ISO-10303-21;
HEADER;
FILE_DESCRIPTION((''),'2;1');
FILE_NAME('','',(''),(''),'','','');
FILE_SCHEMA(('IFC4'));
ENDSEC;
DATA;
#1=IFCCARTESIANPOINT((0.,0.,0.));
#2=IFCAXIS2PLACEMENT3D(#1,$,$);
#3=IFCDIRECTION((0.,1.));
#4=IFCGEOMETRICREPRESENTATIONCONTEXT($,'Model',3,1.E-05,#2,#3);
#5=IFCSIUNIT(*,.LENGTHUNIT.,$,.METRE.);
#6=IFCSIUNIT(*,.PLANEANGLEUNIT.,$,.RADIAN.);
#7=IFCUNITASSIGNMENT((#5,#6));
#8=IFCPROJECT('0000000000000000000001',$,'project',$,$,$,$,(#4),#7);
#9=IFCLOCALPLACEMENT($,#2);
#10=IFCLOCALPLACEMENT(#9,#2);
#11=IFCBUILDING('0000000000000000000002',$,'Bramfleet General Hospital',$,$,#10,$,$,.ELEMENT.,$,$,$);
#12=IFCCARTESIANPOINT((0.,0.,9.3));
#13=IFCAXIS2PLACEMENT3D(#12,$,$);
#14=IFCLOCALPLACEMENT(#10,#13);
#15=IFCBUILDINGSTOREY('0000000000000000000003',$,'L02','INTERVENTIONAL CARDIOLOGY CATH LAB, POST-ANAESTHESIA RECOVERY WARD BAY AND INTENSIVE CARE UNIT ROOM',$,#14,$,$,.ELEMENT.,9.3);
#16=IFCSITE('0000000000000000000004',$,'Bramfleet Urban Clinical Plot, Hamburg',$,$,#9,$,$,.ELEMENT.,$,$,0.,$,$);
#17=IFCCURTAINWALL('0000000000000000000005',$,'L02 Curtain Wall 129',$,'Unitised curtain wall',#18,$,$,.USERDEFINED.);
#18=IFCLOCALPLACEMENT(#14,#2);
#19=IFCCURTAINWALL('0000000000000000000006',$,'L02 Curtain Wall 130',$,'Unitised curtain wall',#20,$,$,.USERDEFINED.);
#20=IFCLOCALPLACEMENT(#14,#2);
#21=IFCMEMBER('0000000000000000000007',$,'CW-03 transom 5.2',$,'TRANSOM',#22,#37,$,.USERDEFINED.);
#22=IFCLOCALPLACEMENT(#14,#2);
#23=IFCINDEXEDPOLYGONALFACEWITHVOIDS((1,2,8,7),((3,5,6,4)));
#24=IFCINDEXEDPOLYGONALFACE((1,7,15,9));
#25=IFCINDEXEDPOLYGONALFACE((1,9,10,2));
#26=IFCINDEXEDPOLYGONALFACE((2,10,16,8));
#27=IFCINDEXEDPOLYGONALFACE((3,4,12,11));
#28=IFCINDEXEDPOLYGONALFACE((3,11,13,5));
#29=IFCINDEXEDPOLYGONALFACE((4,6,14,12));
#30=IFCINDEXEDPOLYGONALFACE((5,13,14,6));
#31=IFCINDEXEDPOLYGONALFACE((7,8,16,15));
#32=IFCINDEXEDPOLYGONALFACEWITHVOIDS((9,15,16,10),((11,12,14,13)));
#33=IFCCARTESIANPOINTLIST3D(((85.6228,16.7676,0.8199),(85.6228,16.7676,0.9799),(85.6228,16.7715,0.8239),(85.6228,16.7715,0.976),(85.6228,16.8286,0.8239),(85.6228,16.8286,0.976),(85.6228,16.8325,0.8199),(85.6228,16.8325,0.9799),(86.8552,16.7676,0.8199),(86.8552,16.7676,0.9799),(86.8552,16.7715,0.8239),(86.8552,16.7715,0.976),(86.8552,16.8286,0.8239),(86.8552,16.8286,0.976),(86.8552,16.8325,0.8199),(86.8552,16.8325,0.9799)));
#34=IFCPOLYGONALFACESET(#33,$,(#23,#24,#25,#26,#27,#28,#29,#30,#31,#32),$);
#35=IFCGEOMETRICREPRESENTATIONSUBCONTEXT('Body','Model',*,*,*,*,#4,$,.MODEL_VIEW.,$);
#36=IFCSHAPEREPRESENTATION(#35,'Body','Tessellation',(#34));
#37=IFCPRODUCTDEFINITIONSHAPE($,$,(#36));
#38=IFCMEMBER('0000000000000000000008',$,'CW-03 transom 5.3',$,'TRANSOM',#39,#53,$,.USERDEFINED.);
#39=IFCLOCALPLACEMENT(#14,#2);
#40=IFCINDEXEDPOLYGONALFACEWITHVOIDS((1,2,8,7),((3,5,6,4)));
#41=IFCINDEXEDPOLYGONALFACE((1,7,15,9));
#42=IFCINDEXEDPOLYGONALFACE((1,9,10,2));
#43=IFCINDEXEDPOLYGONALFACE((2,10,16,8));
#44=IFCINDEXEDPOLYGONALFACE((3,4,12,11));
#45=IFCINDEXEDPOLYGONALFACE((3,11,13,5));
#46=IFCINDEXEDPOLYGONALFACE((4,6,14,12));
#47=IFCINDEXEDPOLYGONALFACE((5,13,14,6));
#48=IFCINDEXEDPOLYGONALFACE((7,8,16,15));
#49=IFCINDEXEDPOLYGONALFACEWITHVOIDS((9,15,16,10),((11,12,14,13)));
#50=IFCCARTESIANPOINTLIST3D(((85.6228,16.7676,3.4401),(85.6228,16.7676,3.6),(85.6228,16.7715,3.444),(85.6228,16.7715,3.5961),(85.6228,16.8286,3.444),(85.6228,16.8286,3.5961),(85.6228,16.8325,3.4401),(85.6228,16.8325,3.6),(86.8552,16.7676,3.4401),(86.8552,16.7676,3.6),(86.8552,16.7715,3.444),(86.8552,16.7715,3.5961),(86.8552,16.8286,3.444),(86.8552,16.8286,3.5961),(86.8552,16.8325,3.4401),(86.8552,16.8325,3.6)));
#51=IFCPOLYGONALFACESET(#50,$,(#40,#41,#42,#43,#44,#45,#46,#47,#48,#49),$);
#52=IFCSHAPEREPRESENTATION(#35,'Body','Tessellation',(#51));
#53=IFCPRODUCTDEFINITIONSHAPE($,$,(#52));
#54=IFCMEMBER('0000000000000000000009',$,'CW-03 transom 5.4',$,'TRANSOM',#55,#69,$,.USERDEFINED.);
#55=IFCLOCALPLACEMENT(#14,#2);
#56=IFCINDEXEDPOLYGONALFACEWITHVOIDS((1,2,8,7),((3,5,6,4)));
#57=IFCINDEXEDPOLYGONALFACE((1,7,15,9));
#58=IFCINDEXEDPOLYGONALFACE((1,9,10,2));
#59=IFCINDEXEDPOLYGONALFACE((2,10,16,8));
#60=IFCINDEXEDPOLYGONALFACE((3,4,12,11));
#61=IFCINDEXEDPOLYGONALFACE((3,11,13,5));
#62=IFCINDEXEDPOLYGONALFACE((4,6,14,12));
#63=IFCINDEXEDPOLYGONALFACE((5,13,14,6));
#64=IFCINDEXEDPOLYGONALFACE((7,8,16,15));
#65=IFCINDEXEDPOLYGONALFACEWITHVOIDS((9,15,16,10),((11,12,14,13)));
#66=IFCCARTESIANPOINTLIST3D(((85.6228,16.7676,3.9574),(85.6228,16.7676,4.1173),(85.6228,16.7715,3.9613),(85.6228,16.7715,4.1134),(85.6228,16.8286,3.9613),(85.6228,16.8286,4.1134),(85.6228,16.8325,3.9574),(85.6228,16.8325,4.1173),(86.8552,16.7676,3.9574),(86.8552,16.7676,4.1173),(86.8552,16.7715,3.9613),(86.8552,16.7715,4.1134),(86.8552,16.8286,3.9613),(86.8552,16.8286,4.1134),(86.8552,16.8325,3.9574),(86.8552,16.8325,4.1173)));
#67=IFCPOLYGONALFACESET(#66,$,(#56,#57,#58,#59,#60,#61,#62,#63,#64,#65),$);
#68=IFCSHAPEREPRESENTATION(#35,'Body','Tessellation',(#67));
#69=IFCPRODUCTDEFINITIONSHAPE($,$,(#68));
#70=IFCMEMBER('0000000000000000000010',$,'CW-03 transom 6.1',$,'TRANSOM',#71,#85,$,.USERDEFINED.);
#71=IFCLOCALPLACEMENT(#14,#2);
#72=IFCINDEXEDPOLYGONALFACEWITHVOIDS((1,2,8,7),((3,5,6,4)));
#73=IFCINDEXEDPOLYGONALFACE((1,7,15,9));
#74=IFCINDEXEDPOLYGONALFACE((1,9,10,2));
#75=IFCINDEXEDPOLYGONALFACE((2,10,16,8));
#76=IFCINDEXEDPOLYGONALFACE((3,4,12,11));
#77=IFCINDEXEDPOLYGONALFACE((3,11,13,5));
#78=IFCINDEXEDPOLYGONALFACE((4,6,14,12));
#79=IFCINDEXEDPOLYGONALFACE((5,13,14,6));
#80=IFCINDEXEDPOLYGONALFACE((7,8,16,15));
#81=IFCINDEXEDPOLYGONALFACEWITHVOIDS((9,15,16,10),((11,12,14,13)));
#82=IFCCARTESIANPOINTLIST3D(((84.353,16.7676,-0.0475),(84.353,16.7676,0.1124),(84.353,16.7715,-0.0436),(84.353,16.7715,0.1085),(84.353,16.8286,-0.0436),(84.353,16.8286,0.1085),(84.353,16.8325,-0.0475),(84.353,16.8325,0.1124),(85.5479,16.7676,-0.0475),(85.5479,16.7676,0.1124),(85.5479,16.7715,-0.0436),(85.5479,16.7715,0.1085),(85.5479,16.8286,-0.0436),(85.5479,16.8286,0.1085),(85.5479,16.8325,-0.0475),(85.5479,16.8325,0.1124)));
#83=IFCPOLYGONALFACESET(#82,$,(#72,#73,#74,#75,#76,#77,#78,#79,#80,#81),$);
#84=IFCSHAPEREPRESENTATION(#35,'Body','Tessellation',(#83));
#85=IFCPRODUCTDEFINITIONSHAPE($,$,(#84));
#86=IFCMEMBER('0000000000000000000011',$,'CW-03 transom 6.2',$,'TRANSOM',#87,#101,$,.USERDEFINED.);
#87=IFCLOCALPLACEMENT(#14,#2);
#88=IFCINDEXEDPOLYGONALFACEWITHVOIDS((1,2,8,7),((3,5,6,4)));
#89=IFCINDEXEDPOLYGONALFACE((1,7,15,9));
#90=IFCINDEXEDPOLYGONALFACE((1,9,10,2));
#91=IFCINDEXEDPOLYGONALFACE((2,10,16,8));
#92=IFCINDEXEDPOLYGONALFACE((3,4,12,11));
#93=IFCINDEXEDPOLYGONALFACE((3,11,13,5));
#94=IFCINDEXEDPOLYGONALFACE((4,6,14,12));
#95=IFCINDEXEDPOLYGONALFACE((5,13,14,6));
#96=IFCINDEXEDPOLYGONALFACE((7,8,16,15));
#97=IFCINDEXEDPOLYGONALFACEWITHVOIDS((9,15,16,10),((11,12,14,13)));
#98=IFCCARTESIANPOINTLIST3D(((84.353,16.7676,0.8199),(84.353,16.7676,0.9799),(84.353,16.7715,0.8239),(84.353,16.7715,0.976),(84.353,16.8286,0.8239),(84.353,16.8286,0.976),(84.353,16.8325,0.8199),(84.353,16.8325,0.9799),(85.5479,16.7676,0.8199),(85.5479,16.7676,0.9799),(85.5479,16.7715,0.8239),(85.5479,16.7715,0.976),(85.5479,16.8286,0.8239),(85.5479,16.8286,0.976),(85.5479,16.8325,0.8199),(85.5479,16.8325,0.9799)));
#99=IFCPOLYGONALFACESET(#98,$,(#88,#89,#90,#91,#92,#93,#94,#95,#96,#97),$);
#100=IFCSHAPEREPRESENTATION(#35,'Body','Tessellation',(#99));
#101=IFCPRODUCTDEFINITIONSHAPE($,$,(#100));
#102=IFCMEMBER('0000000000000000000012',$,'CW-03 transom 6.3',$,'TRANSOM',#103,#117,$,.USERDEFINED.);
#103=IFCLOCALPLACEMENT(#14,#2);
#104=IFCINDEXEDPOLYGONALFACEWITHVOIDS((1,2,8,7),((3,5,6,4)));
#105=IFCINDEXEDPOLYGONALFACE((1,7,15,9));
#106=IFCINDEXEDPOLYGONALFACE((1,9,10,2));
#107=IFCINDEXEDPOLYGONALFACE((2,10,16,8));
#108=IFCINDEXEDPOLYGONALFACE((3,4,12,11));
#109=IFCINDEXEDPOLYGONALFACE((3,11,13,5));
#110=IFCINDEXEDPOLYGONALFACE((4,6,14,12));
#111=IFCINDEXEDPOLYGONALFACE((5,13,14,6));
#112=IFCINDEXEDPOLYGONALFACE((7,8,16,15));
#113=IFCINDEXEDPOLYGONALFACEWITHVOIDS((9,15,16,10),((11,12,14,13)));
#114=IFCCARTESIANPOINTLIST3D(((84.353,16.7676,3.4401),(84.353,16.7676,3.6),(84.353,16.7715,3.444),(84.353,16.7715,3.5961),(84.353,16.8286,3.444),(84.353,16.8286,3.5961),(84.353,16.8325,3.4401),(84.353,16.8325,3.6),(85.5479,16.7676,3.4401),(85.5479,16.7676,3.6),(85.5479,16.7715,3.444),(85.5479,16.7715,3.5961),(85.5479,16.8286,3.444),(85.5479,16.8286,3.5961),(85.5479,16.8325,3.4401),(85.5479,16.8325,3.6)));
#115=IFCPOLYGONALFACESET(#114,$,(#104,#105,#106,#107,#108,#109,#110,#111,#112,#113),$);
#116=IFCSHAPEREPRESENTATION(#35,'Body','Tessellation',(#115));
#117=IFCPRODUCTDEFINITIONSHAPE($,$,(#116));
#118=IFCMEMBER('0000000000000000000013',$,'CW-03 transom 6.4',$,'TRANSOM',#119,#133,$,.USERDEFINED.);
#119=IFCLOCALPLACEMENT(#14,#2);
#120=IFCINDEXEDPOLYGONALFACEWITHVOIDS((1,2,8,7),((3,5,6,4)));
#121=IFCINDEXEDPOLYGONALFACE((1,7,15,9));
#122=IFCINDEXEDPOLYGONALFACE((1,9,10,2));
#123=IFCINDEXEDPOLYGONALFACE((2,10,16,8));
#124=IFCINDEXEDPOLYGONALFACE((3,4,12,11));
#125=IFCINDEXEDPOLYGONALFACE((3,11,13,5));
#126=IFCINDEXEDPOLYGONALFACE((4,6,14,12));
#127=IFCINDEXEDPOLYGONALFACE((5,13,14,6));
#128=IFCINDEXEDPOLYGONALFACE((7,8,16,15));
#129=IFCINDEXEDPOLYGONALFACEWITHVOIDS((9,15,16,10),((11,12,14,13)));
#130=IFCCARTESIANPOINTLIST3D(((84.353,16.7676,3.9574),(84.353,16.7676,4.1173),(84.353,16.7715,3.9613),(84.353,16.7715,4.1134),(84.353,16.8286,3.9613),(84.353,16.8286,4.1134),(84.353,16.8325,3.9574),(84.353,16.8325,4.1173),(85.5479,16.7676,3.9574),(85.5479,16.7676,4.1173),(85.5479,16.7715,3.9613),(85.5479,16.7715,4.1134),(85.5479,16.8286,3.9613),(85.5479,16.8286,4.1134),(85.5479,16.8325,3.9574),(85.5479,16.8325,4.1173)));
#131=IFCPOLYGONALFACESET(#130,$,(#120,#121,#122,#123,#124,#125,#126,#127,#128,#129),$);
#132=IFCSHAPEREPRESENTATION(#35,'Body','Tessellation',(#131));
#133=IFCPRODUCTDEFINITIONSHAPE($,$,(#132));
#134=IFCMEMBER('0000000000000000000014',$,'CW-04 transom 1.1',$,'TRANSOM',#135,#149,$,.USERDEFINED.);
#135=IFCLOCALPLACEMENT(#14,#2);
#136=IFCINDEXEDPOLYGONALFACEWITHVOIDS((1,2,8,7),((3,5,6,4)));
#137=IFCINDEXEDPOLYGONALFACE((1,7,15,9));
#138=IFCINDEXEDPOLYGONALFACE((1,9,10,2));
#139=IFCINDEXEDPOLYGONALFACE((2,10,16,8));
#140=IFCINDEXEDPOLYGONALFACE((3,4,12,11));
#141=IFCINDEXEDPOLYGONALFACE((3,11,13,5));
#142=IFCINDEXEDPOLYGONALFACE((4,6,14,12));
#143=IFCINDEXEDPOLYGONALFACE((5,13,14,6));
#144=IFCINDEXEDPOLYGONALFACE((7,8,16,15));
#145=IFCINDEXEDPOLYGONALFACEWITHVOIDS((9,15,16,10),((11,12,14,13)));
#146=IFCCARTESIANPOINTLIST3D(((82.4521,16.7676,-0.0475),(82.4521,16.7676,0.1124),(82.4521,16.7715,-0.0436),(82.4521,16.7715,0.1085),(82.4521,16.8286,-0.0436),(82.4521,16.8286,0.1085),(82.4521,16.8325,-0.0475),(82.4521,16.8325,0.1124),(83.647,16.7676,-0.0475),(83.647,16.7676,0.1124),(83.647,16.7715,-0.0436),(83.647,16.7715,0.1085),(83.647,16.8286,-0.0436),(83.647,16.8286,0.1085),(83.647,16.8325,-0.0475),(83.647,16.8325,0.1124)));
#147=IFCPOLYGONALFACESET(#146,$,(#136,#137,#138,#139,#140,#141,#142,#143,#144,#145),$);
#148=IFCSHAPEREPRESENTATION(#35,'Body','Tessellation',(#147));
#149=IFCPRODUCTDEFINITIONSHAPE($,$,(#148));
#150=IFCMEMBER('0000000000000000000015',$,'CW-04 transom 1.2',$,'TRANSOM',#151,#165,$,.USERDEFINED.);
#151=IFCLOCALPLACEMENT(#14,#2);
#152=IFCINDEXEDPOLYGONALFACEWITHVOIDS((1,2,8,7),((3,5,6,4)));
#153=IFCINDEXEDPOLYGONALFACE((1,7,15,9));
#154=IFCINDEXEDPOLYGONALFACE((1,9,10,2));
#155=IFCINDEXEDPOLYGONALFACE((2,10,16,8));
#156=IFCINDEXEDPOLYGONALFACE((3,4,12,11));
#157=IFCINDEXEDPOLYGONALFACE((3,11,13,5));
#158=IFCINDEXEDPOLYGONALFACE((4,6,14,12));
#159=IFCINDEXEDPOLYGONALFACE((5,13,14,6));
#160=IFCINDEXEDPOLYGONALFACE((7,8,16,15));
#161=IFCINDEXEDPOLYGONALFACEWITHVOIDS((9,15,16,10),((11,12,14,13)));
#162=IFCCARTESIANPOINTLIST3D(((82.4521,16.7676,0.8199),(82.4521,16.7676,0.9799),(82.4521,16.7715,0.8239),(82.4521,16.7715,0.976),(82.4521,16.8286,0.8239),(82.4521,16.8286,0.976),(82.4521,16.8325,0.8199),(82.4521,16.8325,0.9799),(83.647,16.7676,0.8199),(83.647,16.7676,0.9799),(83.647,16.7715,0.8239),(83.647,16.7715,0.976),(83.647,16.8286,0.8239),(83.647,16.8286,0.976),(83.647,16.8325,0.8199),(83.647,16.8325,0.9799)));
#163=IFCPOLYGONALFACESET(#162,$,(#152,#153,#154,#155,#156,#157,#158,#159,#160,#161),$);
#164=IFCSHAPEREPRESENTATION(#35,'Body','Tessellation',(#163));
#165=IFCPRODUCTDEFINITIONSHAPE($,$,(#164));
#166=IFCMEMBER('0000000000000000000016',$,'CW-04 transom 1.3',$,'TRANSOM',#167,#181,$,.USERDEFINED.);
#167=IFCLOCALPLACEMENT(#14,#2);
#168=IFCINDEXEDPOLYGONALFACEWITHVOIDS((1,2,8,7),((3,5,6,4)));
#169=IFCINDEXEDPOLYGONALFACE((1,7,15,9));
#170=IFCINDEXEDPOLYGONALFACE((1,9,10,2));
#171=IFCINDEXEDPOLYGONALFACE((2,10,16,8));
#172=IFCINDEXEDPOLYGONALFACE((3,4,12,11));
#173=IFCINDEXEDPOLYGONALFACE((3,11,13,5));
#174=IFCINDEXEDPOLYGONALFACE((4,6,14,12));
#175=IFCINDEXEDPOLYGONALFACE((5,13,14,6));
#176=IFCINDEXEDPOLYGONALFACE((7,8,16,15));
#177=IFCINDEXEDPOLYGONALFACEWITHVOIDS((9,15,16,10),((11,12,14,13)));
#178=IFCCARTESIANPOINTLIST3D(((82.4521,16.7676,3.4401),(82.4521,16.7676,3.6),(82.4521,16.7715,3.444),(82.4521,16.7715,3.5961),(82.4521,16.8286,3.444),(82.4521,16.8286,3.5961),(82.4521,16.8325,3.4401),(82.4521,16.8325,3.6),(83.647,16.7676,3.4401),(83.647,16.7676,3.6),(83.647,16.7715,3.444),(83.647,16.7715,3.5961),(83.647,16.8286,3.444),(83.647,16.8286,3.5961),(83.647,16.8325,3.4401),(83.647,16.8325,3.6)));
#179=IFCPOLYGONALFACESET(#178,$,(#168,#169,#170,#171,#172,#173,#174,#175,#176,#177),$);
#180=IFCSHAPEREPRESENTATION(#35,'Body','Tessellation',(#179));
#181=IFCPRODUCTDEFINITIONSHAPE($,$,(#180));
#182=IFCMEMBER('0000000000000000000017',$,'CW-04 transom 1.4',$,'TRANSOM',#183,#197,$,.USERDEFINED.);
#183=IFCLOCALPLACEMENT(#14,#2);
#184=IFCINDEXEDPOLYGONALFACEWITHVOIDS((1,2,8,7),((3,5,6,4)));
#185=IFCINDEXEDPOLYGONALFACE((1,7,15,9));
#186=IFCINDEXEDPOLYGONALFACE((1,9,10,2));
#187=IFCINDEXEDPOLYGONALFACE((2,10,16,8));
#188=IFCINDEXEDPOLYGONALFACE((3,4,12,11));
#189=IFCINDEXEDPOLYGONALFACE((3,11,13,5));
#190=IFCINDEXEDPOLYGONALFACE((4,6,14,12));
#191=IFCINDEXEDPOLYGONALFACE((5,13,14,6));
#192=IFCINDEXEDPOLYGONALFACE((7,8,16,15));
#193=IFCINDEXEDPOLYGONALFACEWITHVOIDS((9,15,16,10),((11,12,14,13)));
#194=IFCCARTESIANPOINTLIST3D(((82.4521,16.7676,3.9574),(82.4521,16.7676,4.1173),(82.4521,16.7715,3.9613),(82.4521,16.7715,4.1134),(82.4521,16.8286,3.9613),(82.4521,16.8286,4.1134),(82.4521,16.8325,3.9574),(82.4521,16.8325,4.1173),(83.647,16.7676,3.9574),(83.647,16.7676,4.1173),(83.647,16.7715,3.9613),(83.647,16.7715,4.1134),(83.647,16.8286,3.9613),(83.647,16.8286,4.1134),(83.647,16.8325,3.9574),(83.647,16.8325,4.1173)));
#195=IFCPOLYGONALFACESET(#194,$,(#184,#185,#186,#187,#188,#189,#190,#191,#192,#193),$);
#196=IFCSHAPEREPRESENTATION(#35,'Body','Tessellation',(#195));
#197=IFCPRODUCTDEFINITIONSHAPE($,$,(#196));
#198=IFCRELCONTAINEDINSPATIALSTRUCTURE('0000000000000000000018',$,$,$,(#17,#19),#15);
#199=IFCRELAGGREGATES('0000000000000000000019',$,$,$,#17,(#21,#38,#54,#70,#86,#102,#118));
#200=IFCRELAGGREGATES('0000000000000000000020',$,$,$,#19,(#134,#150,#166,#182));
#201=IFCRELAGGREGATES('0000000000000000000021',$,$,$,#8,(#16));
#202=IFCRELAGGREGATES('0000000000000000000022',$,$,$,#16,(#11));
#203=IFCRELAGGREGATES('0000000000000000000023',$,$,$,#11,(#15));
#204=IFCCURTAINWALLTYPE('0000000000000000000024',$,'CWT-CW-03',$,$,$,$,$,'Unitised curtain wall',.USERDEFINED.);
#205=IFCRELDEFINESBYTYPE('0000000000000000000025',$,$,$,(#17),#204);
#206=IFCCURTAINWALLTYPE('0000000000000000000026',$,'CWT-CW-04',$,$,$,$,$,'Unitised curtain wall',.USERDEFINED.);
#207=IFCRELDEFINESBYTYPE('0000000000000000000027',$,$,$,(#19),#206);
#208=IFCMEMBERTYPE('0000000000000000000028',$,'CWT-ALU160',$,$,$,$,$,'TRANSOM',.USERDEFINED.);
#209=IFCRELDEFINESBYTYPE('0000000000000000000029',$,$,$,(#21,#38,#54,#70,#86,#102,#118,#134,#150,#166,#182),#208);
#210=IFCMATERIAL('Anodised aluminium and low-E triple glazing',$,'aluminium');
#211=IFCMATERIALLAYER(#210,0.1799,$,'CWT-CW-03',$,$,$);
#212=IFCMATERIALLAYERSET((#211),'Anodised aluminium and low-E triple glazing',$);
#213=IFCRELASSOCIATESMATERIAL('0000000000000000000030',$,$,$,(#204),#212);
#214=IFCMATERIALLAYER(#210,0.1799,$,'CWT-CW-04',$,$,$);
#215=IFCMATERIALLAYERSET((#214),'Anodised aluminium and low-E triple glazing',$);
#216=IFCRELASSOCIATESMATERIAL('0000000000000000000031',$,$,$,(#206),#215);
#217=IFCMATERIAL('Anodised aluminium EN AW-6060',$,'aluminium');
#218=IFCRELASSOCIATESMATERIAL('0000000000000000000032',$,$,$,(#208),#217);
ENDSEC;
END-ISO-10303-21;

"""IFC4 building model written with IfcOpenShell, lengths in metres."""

from ifc_helpers import new_model, si_unit, direction, frame, origin, origin_2d, place, context, subcontext, project, spatial, hollow_rectangle, extrude, material, layer, layer_set, material_profile, profile_set, type_object, element, aggregate, save


model = new_model("IFC4")

# Units and contexts
model_context = context("Model", 3, precision=1e-05, world=origin(), true_north=direction((0.0, 1.0)))
body_context = subcontext(model_context, "Body", "Model", "MODEL_VIEW")
ifc_project = project(units=[si_unit("LENGTHUNIT", "METRE"), si_unit("PLANEANGLEUNIT", "RADIAN")], contexts=[model_context])

# Site, building, storey
site_placement = place(None, origin())
site = spatial("IfcSite", under=ifc_project, at=site_placement, Name="Bramfleet Urban Clinical Plot, Hamburg", CompositionType="ELEMENT", RefElevation=0.0)
building_placement = place(site_placement, origin())
building = spatial("IfcBuilding", under=site, at=building_placement, Name="Bramfleet General Hospital", CompositionType="ELEMENT")
storey_placement = place(building_placement, frame((0.0, 0.0, 9.3)))
storey = spatial("IfcBuildingStorey", under=building, at=storey_placement, Name="L02", Description="INTERVENTIONAL CARDIOLOGY CATH LAB, POST-ANAESTHESIA RECOVERY WARD BAY AND INTENSIVE CARE UNIT ROOM", CompositionType="ELEMENT", Elevation=9.3)

# Curtain wall
ifc_material_1 = material(Name="Anodised aluminium and low-E triple glazing", Category="aluminium")
ifc_layer_1 = layer(ifc_material_1, 0.1799, Name="CWT-CW-03")
ifc_layer_set_1 = layer_set([ifc_layer_1], Name="Anodised aluminium and low-E triple glazing")
curtain_wall_type_1 = type_object("IfcCurtainWallType", Name="CWT-CW-03", ElementType="Unitised curtain wall", PredefinedType="USERDEFINED", material=ifc_layer_set_1)
curtain_wall_1_placement = place(storey_placement, origin())
curtain_wall_1 = element("IfcCurtainWall", 1, at=curtain_wall_1_placement, inside=storey, type_object=curtain_wall_type_1, Name="L02 Curtain Wall 129", ObjectType="Unitised curtain wall", PredefinedType="USERDEFINED")
ifc_material_2 = material(Name="Anodised aluminium EN AW-6060", Category="aluminium")

# Curtain wall
ifc_layer_2 = layer(ifc_material_1, 0.1799, Name="CWT-CW-04")
ifc_layer_set_2 = layer_set([ifc_layer_2], Name="Anodised aluminium and low-E triple glazing")
curtain_wall_type_2 = type_object("IfcCurtainWallType", Name="CWT-CW-04", ElementType="Unitised curtain wall", PredefinedType="USERDEFINED", material=ifc_layer_set_2)
curtain_wall_2_placement = place(storey_placement, origin())
curtain_wall_2 = element("IfcCurtainWall", 2, at=curtain_wall_2_placement, inside=storey, type_object=curtain_wall_type_2, Name="L02 Curtain Wall 130", ObjectType="Unitised curtain wall", PredefinedType="USERDEFINED")

# Members
ifc_material_profile_1 = material_profile(ifc_material_2, hollow_rectangle(XDim=0.0649, YDim=0.1599, WallThickness=0.0039, at=origin_2d()), Name="ALU 160x65x4.0")
ifc_profile_set_1 = profile_set([ifc_material_profile_1], Name="Anodised aluminium EN AW-6060")
member_type_1 = type_object("IfcMemberType", Name="CWT-ALU160", ElementType="TRANSOM", PredefinedType="USERDEFINED", material=ifc_profile_set_1)
member_1_placement = place(storey_placement, frame((86.8552, 16.8, 0.8999), z_axis=(-1.0, 0.0, 0.0), x_axis=(0.0, -1.0, 0.0)))
member_1 = element("IfcMember", 3, at=member_1_placement, type_object=member_type_1, Name="CW-03 transom 5.2", ObjectType="TRANSOM", PredefinedType="USERDEFINED", context=body_context, shape_type="SweptSolid", body=[
    extrude(hollow_rectangle(XDim=0.0649, YDim=0.1599, WallThickness=0.0039, at=origin_2d()), origin(), (0.0, 0.0, 1.0), 1.2324),
])
member_2_placement = place(storey_placement, frame((86.8552, 16.8, 3.52), z_axis=(-1.0, 0.0, 0.0), x_axis=(0.0, -1.0, 0.0)))
member_2 = element("IfcMember", 4, at=member_2_placement, type_object=member_type_1, Name="CW-03 transom 5.3", ObjectType="TRANSOM", PredefinedType="USERDEFINED", context=body_context, shape_type="SweptSolid", body=[
    extrude(hollow_rectangle(XDim=0.0649, YDim=0.1599, WallThickness=0.0039, at=origin_2d()), origin(), (0.0, 0.0, 1.0), 1.2324),
])
member_3_placement = place(storey_placement, frame((86.8552, 16.8, 4.0374), z_axis=(-1.0, 0.0, 0.0), x_axis=(0.0, -1.0, 0.0)))
member_3 = element("IfcMember", 5, at=member_3_placement, type_object=member_type_1, Name="CW-03 transom 5.4", ObjectType="TRANSOM", PredefinedType="USERDEFINED", context=body_context, shape_type="SweptSolid", body=[
    extrude(hollow_rectangle(XDim=0.0649, YDim=0.1599, WallThickness=0.0039, at=origin_2d()), origin(), (0.0, 0.0, 1.0), 1.2324),
])
member_4_placement = place(storey_placement, frame((85.5479, 16.8, 0.0325), z_axis=(-1.0, 0.0, 0.0), x_axis=(0.0, -1.0, 0.0)))
member_4 = element("IfcMember", 6, at=member_4_placement, type_object=member_type_1, Name="CW-03 transom 6.1", ObjectType="TRANSOM", PredefinedType="USERDEFINED", context=body_context, shape_type="SweptSolid", body=[
    extrude(hollow_rectangle(XDim=0.0649, YDim=0.1599, WallThickness=0.0039, at=origin_2d()), origin(), (0.0, 0.0, 1.0), 1.1948),
])
member_5_placement = place(storey_placement, frame((85.5479, 16.8, 0.8999), z_axis=(-1.0, 0.0, 0.0), x_axis=(0.0, -1.0, 0.0)))
member_5 = element("IfcMember", 7, at=member_5_placement, type_object=member_type_1, Name="CW-03 transom 6.2", ObjectType="TRANSOM", PredefinedType="USERDEFINED", context=body_context, shape_type="SweptSolid", body=[
    extrude(hollow_rectangle(XDim=0.0649, YDim=0.1599, WallThickness=0.0039, at=origin_2d()), origin(), (0.0, 0.0, 1.0), 1.1948),
])
member_6_placement = place(storey_placement, frame((85.5479, 16.8, 3.52), z_axis=(-1.0, 0.0, 0.0), x_axis=(0.0, -1.0, 0.0)))
member_6 = element("IfcMember", 8, at=member_6_placement, type_object=member_type_1, Name="CW-03 transom 6.3", ObjectType="TRANSOM", PredefinedType="USERDEFINED", context=body_context, shape_type="SweptSolid", body=[
    extrude(hollow_rectangle(XDim=0.0649, YDim=0.1599, WallThickness=0.0039, at=origin_2d()), origin(), (0.0, 0.0, 1.0), 1.1948),
])
member_7_placement = place(storey_placement, frame((85.5479, 16.8, 4.0374), z_axis=(-1.0, 0.0, 0.0), x_axis=(0.0, -1.0, 0.0)))
member_7 = element("IfcMember", 9, at=member_7_placement, type_object=member_type_1, Name="CW-03 transom 6.4", ObjectType="TRANSOM", PredefinedType="USERDEFINED", context=body_context, shape_type="SweptSolid", body=[
    extrude(hollow_rectangle(XDim=0.0649, YDim=0.1599, WallThickness=0.0039, at=origin_2d()), origin(), (0.0, 0.0, 1.0), 1.1948),
])
member_8_placement = place(storey_placement, frame((83.647, 16.8, 0.0325), z_axis=(-1.0, 0.0, 0.0), x_axis=(0.0, -1.0, 0.0)))
member_8 = element("IfcMember", 10, at=member_8_placement, type_object=member_type_1, Name="CW-04 transom 1.1", ObjectType="TRANSOM", PredefinedType="USERDEFINED", context=body_context, shape_type="SweptSolid", body=[
    extrude(hollow_rectangle(XDim=0.0649, YDim=0.1599, WallThickness=0.0039, at=origin_2d()), origin(), (0.0, 0.0, 1.0), 1.1948),
])
member_9_placement = place(storey_placement, frame((83.647, 16.8, 0.8999), z_axis=(-1.0, 0.0, 0.0), x_axis=(0.0, -1.0, 0.0)))
member_9 = element("IfcMember", 11, at=member_9_placement, type_object=member_type_1, Name="CW-04 transom 1.2", ObjectType="TRANSOM", PredefinedType="USERDEFINED", context=body_context, shape_type="SweptSolid", body=[
    extrude(hollow_rectangle(XDim=0.0649, YDim=0.1599, WallThickness=0.0039, at=origin_2d()), origin(), (0.0, 0.0, 1.0), 1.1948),
])
member_10_placement = place(storey_placement, frame((83.647, 16.8, 3.52), z_axis=(-1.0, 0.0, 0.0), x_axis=(0.0, -1.0, 0.0)))
member_10 = element("IfcMember", 12, at=member_10_placement, type_object=member_type_1, Name="CW-04 transom 1.3", ObjectType="TRANSOM", PredefinedType="USERDEFINED", context=body_context, shape_type="SweptSolid", body=[
    extrude(hollow_rectangle(XDim=0.0649, YDim=0.1599, WallThickness=0.0039, at=origin_2d()), origin(), (0.0, 0.0, 1.0), 1.1948),
])
member_11_placement = place(storey_placement, frame((83.647, 16.8, 4.0374), z_axis=(-1.0, 0.0, 0.0), x_axis=(0.0, -1.0, 0.0)))
member_11 = element("IfcMember", 13, at=member_11_placement, type_object=member_type_1, Name="CW-04 transom 1.4", ObjectType="TRANSOM", PredefinedType="USERDEFINED", context=body_context, shape_type="SweptSolid", body=[
    extrude(hollow_rectangle(XDim=0.0649, YDim=0.1599, WallThickness=0.0039, at=origin_2d()), origin(), (0.0, 0.0, 1.0), 1.1948),
])

aggregate(curtain_wall_1, [member_1, member_2, member_3, member_4, member_5, member_6, member_7])
aggregate(curtain_wall_2, [member_8, member_9, member_10, member_11])

save(model, "model.ifc")
